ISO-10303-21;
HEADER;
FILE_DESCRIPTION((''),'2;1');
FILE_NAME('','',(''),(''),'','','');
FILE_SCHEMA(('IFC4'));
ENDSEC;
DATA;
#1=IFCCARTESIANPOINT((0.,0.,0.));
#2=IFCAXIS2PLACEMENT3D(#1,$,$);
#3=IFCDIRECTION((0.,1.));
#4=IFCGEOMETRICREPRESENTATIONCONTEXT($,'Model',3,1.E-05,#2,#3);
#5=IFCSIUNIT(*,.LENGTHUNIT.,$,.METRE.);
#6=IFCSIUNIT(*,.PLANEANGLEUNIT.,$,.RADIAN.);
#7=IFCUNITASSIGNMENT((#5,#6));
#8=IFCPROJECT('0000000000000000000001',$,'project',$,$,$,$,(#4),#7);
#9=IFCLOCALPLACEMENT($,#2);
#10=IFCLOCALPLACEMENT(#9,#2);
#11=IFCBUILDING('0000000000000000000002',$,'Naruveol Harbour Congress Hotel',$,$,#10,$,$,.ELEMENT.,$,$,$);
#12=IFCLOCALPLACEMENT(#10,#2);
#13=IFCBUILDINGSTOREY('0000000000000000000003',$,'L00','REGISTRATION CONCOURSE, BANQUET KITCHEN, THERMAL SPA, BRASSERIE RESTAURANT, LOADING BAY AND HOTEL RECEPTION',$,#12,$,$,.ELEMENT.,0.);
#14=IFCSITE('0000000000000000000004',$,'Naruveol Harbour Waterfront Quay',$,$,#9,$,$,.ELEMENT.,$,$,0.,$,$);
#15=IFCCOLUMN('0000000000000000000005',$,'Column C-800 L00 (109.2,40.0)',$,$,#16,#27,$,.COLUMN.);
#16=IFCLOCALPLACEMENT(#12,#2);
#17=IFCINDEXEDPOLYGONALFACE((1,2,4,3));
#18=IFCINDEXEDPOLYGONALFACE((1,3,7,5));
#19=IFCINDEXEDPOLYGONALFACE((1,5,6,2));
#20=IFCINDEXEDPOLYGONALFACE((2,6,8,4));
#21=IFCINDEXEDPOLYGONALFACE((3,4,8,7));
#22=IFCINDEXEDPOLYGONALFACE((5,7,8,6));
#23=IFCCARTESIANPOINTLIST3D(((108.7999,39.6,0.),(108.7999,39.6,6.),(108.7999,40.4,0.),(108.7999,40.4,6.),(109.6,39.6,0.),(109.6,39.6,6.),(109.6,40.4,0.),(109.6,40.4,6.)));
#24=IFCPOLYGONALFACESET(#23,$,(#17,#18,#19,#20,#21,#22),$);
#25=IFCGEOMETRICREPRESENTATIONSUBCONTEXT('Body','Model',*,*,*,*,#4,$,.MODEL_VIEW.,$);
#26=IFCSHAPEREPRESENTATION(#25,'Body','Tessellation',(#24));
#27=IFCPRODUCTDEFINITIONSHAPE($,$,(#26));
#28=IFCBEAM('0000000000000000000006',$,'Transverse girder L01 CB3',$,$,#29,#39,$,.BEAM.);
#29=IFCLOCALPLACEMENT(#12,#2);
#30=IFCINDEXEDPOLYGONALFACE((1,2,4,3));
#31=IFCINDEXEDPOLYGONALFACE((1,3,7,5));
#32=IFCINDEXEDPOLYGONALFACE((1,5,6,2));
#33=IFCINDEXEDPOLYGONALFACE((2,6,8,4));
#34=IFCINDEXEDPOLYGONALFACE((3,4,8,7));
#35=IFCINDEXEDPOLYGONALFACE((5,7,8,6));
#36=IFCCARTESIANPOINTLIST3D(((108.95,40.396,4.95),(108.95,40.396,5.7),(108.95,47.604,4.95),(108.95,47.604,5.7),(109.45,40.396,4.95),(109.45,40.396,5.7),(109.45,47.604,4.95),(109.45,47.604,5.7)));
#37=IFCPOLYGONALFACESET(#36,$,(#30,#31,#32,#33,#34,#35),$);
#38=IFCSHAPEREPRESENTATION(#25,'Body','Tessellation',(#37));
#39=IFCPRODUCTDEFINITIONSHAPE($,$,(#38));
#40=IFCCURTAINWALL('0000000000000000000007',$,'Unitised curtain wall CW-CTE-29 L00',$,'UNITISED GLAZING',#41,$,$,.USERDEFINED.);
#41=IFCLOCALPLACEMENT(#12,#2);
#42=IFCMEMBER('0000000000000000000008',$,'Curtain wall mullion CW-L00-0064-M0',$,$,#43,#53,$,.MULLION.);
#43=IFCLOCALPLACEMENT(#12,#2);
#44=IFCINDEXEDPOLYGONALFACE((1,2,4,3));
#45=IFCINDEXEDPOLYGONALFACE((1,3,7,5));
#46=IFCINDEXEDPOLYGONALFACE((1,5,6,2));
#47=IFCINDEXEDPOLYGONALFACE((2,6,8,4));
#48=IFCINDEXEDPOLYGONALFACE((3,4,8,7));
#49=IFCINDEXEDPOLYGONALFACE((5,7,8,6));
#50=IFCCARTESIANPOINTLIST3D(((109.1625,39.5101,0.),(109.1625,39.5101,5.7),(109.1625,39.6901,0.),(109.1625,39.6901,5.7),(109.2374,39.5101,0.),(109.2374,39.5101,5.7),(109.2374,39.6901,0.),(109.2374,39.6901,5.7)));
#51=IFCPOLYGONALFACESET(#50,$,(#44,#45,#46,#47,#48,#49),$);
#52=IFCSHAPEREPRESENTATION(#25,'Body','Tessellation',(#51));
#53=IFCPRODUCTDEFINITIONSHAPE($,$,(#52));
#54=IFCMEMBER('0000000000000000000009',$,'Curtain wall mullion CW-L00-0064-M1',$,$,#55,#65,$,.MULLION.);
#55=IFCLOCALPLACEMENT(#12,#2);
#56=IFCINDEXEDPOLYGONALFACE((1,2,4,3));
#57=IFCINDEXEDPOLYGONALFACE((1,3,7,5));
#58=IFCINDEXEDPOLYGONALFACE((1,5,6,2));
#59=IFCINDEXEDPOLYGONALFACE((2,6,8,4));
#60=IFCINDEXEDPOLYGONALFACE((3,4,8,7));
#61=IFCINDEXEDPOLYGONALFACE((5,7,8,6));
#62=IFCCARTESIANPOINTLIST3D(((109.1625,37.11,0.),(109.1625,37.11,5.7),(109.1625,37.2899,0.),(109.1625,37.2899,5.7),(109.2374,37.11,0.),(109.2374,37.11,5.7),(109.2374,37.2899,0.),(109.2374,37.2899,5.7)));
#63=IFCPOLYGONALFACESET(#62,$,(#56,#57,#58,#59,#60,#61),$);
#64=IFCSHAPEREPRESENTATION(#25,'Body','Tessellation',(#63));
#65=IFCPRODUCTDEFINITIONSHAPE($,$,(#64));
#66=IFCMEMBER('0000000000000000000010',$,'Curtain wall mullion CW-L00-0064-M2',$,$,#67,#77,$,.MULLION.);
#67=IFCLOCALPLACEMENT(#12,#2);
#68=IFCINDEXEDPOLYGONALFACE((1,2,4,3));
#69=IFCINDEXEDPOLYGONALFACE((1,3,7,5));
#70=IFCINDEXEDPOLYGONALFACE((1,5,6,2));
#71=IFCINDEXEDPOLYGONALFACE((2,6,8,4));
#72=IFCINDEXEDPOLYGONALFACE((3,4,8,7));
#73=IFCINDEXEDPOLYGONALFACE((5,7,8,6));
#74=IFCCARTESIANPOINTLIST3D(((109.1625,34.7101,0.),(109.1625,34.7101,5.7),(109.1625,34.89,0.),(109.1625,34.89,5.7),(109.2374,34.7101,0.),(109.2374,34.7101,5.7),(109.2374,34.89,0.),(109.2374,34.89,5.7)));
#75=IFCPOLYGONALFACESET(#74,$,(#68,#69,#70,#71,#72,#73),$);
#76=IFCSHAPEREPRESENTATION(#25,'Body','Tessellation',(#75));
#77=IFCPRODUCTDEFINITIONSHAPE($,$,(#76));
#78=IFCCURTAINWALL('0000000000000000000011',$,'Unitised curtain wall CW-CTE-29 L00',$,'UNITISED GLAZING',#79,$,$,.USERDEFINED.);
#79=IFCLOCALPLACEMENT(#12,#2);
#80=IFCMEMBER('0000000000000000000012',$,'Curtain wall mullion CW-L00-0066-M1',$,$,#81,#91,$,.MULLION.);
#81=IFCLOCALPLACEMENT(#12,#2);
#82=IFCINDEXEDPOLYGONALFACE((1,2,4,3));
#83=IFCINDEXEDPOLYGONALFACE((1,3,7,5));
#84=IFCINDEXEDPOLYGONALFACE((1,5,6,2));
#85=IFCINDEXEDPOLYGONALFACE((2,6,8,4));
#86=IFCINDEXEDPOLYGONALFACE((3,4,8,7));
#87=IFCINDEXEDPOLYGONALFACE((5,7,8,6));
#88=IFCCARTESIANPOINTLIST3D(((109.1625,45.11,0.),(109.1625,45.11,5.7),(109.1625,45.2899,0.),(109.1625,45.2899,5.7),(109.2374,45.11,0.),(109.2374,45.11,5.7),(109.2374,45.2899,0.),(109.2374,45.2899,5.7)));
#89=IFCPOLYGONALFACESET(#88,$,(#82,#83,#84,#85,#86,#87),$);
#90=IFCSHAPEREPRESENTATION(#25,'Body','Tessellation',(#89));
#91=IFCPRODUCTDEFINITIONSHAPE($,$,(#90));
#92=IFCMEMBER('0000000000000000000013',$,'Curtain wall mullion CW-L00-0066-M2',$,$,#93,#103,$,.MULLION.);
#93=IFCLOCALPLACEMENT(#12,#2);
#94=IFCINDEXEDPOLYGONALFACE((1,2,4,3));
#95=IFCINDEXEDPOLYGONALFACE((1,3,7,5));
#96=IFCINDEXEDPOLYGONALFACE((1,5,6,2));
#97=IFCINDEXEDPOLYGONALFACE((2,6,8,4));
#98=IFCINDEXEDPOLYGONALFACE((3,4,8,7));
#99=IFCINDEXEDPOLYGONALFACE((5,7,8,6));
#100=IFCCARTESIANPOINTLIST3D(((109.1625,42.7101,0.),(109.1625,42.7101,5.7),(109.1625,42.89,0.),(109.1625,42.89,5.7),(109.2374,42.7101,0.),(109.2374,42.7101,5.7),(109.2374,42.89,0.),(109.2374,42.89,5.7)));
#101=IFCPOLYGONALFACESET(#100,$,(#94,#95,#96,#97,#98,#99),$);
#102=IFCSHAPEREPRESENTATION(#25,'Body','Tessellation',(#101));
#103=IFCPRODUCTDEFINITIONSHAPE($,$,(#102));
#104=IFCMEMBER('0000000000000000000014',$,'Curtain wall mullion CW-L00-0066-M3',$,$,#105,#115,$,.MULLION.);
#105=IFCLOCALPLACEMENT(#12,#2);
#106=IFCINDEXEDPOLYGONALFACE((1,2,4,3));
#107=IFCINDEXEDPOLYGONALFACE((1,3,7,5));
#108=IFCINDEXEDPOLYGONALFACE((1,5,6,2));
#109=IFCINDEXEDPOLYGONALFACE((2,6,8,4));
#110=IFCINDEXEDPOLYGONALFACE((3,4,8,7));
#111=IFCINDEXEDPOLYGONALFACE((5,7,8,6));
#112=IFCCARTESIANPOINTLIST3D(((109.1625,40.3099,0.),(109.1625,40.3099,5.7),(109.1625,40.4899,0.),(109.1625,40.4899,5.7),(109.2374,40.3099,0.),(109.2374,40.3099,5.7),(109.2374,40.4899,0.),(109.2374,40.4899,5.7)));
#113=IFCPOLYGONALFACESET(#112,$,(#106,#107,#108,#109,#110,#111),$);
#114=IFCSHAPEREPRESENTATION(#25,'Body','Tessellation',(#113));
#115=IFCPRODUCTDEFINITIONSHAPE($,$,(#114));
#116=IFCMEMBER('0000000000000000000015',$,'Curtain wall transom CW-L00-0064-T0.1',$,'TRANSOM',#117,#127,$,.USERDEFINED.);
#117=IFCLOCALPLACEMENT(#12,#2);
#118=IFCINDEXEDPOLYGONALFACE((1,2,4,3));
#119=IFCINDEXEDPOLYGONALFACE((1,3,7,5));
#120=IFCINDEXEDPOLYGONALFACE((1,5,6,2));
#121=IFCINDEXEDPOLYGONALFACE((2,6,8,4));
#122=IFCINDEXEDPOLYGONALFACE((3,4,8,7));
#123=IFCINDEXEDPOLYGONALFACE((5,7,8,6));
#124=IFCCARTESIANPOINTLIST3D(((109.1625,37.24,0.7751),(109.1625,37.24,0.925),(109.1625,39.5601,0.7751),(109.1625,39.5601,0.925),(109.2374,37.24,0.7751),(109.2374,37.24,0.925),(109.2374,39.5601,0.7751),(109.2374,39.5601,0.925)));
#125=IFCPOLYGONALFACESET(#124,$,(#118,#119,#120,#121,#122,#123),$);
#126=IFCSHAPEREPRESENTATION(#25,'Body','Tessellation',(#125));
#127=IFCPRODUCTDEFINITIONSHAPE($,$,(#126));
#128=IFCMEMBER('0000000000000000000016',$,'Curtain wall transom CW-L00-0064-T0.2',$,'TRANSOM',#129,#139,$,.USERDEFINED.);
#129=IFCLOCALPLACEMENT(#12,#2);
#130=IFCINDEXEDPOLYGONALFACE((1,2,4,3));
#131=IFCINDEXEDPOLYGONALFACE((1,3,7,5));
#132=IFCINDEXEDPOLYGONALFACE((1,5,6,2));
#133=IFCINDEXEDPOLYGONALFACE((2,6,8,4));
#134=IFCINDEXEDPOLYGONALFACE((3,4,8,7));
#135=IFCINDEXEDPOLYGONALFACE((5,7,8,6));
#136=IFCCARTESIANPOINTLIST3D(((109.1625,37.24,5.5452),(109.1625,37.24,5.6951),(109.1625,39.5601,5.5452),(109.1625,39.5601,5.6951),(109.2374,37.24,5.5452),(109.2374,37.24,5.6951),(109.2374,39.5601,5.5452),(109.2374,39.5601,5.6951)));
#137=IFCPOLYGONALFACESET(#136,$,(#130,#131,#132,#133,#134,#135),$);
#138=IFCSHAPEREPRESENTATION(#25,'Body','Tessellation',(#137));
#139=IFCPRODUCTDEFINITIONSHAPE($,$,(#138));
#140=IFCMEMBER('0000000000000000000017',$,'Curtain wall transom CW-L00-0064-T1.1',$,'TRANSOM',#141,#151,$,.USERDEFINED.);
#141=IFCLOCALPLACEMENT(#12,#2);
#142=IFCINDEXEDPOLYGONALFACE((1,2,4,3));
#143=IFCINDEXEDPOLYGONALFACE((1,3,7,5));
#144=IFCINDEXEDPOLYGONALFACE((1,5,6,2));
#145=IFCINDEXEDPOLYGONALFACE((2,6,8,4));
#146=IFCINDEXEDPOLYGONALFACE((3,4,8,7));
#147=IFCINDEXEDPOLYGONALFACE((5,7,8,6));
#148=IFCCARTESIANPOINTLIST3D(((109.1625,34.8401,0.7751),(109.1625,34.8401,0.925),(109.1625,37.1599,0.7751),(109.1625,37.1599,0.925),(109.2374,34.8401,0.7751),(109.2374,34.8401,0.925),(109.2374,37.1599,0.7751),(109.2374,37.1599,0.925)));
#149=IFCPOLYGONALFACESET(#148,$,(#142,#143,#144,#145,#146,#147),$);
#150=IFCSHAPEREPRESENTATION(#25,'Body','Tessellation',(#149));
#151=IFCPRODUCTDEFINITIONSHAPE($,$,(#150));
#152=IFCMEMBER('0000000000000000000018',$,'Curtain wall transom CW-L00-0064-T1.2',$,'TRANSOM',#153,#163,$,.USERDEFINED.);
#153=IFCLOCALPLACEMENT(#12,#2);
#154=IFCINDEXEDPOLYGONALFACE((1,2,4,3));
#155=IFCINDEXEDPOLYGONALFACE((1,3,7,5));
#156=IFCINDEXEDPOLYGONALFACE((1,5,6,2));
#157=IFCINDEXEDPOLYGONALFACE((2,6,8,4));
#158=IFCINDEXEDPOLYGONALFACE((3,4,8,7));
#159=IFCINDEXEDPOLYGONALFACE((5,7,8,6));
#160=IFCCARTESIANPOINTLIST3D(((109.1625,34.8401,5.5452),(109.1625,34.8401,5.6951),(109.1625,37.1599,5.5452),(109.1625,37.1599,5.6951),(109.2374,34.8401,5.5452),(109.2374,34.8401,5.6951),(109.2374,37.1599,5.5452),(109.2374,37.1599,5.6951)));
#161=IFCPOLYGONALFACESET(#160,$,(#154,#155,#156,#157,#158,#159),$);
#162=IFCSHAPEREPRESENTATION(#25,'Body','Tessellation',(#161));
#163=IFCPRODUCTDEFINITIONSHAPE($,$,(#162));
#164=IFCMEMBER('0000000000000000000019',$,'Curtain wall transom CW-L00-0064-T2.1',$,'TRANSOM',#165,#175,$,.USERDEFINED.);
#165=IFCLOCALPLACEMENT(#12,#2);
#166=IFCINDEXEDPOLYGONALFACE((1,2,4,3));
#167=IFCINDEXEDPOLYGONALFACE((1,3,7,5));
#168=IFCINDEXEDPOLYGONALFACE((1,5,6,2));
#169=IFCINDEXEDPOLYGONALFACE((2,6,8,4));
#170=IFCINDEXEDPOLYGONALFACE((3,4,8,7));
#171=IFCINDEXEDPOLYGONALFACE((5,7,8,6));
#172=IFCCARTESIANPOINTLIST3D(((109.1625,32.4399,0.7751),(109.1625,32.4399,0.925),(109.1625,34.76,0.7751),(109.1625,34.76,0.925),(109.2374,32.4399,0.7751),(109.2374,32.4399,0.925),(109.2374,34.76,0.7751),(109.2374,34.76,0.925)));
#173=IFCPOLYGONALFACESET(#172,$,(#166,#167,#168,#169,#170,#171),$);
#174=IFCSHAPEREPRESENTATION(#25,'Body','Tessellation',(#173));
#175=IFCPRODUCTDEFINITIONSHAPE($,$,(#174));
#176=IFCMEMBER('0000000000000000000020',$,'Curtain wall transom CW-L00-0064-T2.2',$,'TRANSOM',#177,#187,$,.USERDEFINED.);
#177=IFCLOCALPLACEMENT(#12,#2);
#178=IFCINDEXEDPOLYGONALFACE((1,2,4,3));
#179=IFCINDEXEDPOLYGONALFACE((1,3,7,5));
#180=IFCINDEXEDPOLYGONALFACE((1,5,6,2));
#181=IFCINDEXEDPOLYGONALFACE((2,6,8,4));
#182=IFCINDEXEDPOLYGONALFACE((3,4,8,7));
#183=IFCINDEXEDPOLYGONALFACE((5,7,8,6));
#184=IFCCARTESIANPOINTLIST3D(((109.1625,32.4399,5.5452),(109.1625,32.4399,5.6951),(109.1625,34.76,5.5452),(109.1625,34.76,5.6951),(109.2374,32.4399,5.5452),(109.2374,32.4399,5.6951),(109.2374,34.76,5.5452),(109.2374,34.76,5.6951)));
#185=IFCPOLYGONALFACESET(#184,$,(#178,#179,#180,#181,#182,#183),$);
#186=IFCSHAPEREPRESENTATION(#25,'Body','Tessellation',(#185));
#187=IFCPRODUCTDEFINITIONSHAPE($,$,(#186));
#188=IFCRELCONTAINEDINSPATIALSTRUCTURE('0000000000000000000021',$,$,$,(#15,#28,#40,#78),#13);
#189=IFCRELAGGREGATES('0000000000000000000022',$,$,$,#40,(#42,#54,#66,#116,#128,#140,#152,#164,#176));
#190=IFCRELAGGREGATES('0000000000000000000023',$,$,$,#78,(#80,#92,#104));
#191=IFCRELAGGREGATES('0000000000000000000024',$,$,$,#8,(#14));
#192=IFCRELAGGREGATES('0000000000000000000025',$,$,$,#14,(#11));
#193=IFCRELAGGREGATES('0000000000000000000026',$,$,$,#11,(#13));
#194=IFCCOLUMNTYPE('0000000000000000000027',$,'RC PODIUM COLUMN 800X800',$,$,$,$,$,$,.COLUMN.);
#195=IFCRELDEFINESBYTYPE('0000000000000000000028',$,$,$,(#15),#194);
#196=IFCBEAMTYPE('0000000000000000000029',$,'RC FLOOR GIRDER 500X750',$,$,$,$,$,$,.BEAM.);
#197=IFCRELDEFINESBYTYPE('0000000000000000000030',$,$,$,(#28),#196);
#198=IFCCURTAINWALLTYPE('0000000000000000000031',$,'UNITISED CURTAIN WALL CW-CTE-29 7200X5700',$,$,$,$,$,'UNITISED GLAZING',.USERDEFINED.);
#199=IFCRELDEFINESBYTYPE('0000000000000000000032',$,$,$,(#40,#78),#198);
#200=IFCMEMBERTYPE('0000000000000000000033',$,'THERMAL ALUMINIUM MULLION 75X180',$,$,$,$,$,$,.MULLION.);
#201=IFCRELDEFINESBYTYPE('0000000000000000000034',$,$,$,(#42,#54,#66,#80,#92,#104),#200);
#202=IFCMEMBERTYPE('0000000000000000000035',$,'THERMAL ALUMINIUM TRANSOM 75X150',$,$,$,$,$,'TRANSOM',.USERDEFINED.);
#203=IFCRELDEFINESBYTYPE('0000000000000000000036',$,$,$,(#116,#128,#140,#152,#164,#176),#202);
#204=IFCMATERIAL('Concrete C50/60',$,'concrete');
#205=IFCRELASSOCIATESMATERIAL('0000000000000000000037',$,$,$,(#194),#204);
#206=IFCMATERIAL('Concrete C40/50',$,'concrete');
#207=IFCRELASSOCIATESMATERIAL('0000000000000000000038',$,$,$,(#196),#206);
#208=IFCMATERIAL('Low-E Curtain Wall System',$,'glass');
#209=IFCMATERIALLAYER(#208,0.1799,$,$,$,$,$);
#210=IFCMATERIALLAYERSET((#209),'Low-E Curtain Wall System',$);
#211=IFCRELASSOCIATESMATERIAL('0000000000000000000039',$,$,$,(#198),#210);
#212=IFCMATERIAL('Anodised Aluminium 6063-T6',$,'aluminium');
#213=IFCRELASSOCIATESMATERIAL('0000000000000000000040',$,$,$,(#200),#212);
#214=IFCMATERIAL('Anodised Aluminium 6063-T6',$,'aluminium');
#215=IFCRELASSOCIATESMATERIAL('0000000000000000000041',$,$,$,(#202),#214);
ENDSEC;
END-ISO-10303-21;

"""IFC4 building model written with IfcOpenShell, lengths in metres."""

from ifc_helpers import new_model, si_unit, direction, frame, origin, origin_2d, place, context, subcontext, project, spatial, rectangle, extrude, material, layer, layer_set, material_profile, profile_set, type_object, element, aggregate, save


model = new_model("IFC4")

# Units and contexts
model_context = context("Model", 3, precision=1e-05, world=origin(), true_north=direction((0.0, 1.0)))
body_context = subcontext(model_context, "Body", "Model", "MODEL_VIEW")
ifc_project = project(units=[si_unit("LENGTHUNIT", "METRE"), si_unit("PLANEANGLEUNIT", "RADIAN")], contexts=[model_context])

# Site, building, storey
site_placement = place(None, origin())
site = spatial("IfcSite", under=ifc_project, at=site_placement, Name="Naruveol Harbour Waterfront Quay", CompositionType="ELEMENT", RefElevation=0.0)
building_placement = place(site_placement, origin())
building = spatial("IfcBuilding", under=site, at=building_placement, Name="Naruveol Harbour Congress Hotel", CompositionType="ELEMENT")
storey_placement = place(building_placement, origin())
storey = spatial("IfcBuildingStorey", under=building, at=storey_placement, Name="L00", Description="REGISTRATION CONCOURSE, BANQUET KITCHEN, THERMAL SPA, BRASSERIE RESTAURANT, LOADING BAY AND HOTEL RECEPTION", CompositionType="ELEMENT", Elevation=0.0)

# Column
ifc_material_1 = material(Name="Concrete C50/60", Category="concrete")
ifc_material_profile_1 = material_profile(ifc_material_1, rectangle(XDim=0.8, YDim=0.8, at=origin_2d()), Name="RC-800x800")
ifc_profile_set_1 = profile_set([ifc_material_profile_1], Name="Concrete C50/60")
column_type = type_object("IfcColumnType", Name="RC PODIUM COLUMN 800X800", PredefinedType="COLUMN", material=ifc_profile_set_1)
column_placement = place(storey_placement, frame((109.2, 40.0, 0.0), z_axis=(0.0, 0.0, 1.0), x_axis=(1.0, 0.0, 0.0)))
element("IfcColumn", 1, at=column_placement, inside=storey, type_object=column_type, Name="Column C-800 L00 (109.2,40.0)", PredefinedType="COLUMN", context=body_context, shape_type="SweptSolid", body=[
    extrude(rectangle(XDim=0.8, YDim=0.8, at=origin_2d()), origin(), (0.0, 0.0, 1.0), 6.0),
])

# Beam
ifc_material_2 = material(Name="Concrete C40/50", Category="concrete")
ifc_material_profile_2 = material_profile(ifc_material_2, rectangle(XDim=0.5, YDim=0.75, at=origin_2d()), Name="RCB-500x750")
ifc_profile_set_2 = profile_set([ifc_material_profile_2], Name="Concrete C40/50")
beam_type = type_object("IfcBeamType", Name="RC FLOOR GIRDER 500X750", PredefinedType="BEAM", material=ifc_profile_set_2)
beam_placement = place(storey_placement, frame((109.2, 40.396, 5.325), z_axis=(0.0, 1.0, 0.0), x_axis=(-1.0, 0.0, 0.0)))
element("IfcBeam", 2, at=beam_placement, inside=storey, type_object=beam_type, Name="Transverse girder L01 CB3", PredefinedType="BEAM", context=body_context, shape_type="SweptSolid", body=[
    extrude(rectangle(XDim=0.5, YDim=0.75, at=origin_2d()), origin(), (0.0, 0.0, 1.0), 7.208),
])

# Curtain walls, members
ifc_material_3 = material(Name="Low-E Curtain Wall System", Category="glass")
ifc_layer_1 = layer(ifc_material_3, 0.1799)
ifc_layer_set_1 = layer_set([ifc_layer_1], Name="Low-E Curtain Wall System")
curtain_wall_type = type_object("IfcCurtainWallType", Name="UNITISED CURTAIN WALL CW-CTE-29 7200X5700", ElementType="UNITISED GLAZING", PredefinedType="USERDEFINED", material=ifc_layer_set_1)
curtain_wall_1_placement = place(storey_placement, origin())
curtain_wall_1 = element("IfcCurtainWall", 3, at=curtain_wall_1_placement, inside=storey, type_object=curtain_wall_type, Name="Unitised curtain wall CW-CTE-29 L00", ObjectType="UNITISED GLAZING", PredefinedType="USERDEFINED")
ifc_material_4 = material(Name="Anodised Aluminium 6063-T6", Category="aluminium")
ifc_material_profile_3 = material_profile(ifc_material_4, rectangle(XDim=0.075, YDim=0.1799, at=origin_2d()), Name="ALU-75x180")
ifc_profile_set_3 = profile_set([ifc_material_profile_3], Name="Anodised Aluminium 6063-T6")
member_type_1 = type_object("IfcMemberType", Name="THERMAL ALUMINIUM MULLION 75X180", PredefinedType="MULLION", material=ifc_profile_set_3)
member_1_placement = place(storey_placement, frame((109.2, 39.6001, 0.0), z_axis=(0.0, 0.0, 1.0), x_axis=(1.0, 0.0, 0.0)))
member_1 = element("IfcMember", 4, at=member_1_placement, type_object=member_type_1, Name="Curtain wall mullion CW-L00-0064-M0", PredefinedType="MULLION", context=body_context, shape_type="SweptSolid", body=[
    extrude(rectangle(XDim=0.075, YDim=0.1799, at=origin_2d()), origin(), (0.0, 0.0, 1.0), 5.7),
])
member_2_placement = place(storey_placement, frame((109.2, 37.2, 0.0), z_axis=(0.0, 0.0, 1.0), x_axis=(1.0, 0.0, 0.0)))
member_2 = element("IfcMember", 5, at=member_2_placement, type_object=member_type_1, Name="Curtain wall mullion CW-L00-0064-M1", PredefinedType="MULLION", context=body_context, shape_type="SweptSolid", body=[
    extrude(rectangle(XDim=0.075, YDim=0.1799, at=origin_2d()), origin(), (0.0, 0.0, 1.0), 5.7),
])
member_3_placement = place(storey_placement, frame((109.2, 34.8, 0.0), z_axis=(0.0, 0.0, 1.0), x_axis=(1.0, 0.0, 0.0)))
member_3 = element("IfcMember", 6, at=member_3_placement, type_object=member_type_1, Name="Curtain wall mullion CW-L00-0064-M2", PredefinedType="MULLION", context=body_context, shape_type="SweptSolid", body=[
    extrude(rectangle(XDim=0.075, YDim=0.1799, at=origin_2d()), origin(), (0.0, 0.0, 1.0), 5.7),
])
curtain_wall_2_placement = place(storey_placement, origin())
curtain_wall_2 = element("IfcCurtainWall", 7, at=curtain_wall_2_placement, inside=storey, type_object=curtain_wall_type, Name="Unitised curtain wall CW-CTE-29 L00", ObjectType="UNITISED GLAZING", PredefinedType="USERDEFINED")
member_4_placement = place(storey_placement, frame((109.2, 45.2, 0.0), z_axis=(0.0, 0.0, 1.0), x_axis=(1.0, 0.0, 0.0)))
member_4 = element("IfcMember", 8, at=member_4_placement, type_object=member_type_1, Name="Curtain wall mullion CW-L00-0066-M1", PredefinedType="MULLION", context=body_context, shape_type="SweptSolid", body=[
    extrude(rectangle(XDim=0.075, YDim=0.1799, at=origin_2d()), origin(), (0.0, 0.0, 1.0), 5.7),
])
member_5_placement = place(storey_placement, frame((109.2, 42.8, 0.0), z_axis=(0.0, 0.0, 1.0), x_axis=(1.0, 0.0, 0.0)))
member_5 = element("IfcMember", 9, at=member_5_placement, type_object=member_type_1, Name="Curtain wall mullion CW-L00-0066-M2", PredefinedType="MULLION", context=body_context, shape_type="SweptSolid", body=[
    extrude(rectangle(XDim=0.075, YDim=0.1799, at=origin_2d()), origin(), (0.0, 0.0, 1.0), 5.7),
])
member_6_placement = place(storey_placement, frame((109.2, 40.3999, 0.0), z_axis=(0.0, 0.0, 1.0), x_axis=(1.0, 0.0, 0.0)))
member_6 = element("IfcMember", 10, at=member_6_placement, type_object=member_type_1, Name="Curtain wall mullion CW-L00-0066-M3", PredefinedType="MULLION", context=body_context, shape_type="SweptSolid", body=[
    extrude(rectangle(XDim=0.075, YDim=0.1799, at=origin_2d()), origin(), (0.0, 0.0, 1.0), 5.7),
])

# Members
ifc_material_5 = material(Name="Anodised Aluminium 6063-T6", Category="aluminium")
ifc_material_profile_4 = material_profile(ifc_material_5, rectangle(XDim=0.075, YDim=0.1499, at=origin_2d()), Name="ALU-75x150")
ifc_profile_set_4 = profile_set([ifc_material_profile_4], Name="Anodised Aluminium 6063-T6")
member_type_2 = type_object("IfcMemberType", Name="THERMAL ALUMINIUM TRANSOM 75X150", ElementType="TRANSOM", PredefinedType="USERDEFINED", material=ifc_profile_set_4)
member_7_placement = place(storey_placement, frame((109.2, 39.5601, 0.8501), z_axis=(0.0, -1.0, 0.0), x_axis=(1.0, 0.0, 0.0)))
member_7 = element("IfcMember", 11, at=member_7_placement, type_object=member_type_2, Name="Curtain wall transom CW-L00-0064-T0.1", ObjectType="TRANSOM", PredefinedType="USERDEFINED", context=body_context, shape_type="SweptSolid", body=[
    extrude(rectangle(XDim=0.075, YDim=0.1499, at=origin_2d()), origin(), (0.0, 0.0, 1.0), 2.3201),
])
member_8_placement = place(storey_placement, frame((109.2, 39.5601, 5.6201), z_axis=(0.0, -1.0, 0.0), x_axis=(1.0, 0.0, 0.0)))
member_8 = element("IfcMember", 12, at=member_8_placement, type_object=member_type_2, Name="Curtain wall transom CW-L00-0064-T0.2", ObjectType="TRANSOM", PredefinedType="USERDEFINED", context=body_context, shape_type="SweptSolid", body=[
    extrude(rectangle(XDim=0.075, YDim=0.1499, at=origin_2d()), origin(), (0.0, 0.0, 1.0), 2.3201),
])
member_9_placement = place(storey_placement, frame((109.2, 37.1599, 0.8501), z_axis=(0.0, -1.0, 0.0), x_axis=(1.0, 0.0, 0.0)))
member_9 = element("IfcMember", 13, at=member_9_placement, type_object=member_type_2, Name="Curtain wall transom CW-L00-0064-T1.1", ObjectType="TRANSOM", PredefinedType="USERDEFINED", context=body_context, shape_type="SweptSolid", body=[
    extrude(rectangle(XDim=0.075, YDim=0.1499, at=origin_2d()), origin(), (0.0, 0.0, 1.0), 2.3198),
])
member_10_placement = place(storey_placement, frame((109.2, 37.1599, 5.6201), z_axis=(0.0, -1.0, 0.0), x_axis=(1.0, 0.0, 0.0)))
member_10 = element("IfcMember", 14, at=member_10_placement, type_object=member_type_2, Name="Curtain wall transom CW-L00-0064-T1.2", ObjectType="TRANSOM", PredefinedType="USERDEFINED", context=body_context, shape_type="SweptSolid", body=[
    extrude(rectangle(XDim=0.075, YDim=0.1499, at=origin_2d()), origin(), (0.0, 0.0, 1.0), 2.3198),
])
member_11_placement = place(storey_placement, frame((109.2, 34.76, 0.8501), z_axis=(0.0, -1.0, 0.0), x_axis=(1.0, 0.0, 0.0)))
member_11 = element("IfcMember", 15, at=member_11_placement, type_object=member_type_2, Name="Curtain wall transom CW-L00-0064-T2.1", ObjectType="TRANSOM", PredefinedType="USERDEFINED", context=body_context, shape_type="SweptSolid", body=[
    extrude(rectangle(XDim=0.075, YDim=0.1499, at=origin_2d()), origin(), (0.0, 0.0, 1.0), 2.3201),
])
member_12_placement = place(storey_placement, frame((109.2, 34.76, 5.6201), z_axis=(0.0, -1.0, 0.0), x_axis=(1.0, 0.0, 0.0)))
member_12 = element("IfcMember", 16, at=member_12_placement, type_object=member_type_2, Name="Curtain wall transom CW-L00-0064-T2.2", ObjectType="TRANSOM", PredefinedType="USERDEFINED", context=body_context, shape_type="SweptSolid", body=[
    extrude(rectangle(XDim=0.075, YDim=0.1499, at=origin_2d()), origin(), (0.0, 0.0, 1.0), 2.3201),
])

aggregate(curtain_wall_1, [member_1, member_2, member_3, member_7, member_8, member_9, member_10, member_11, member_12])
aggregate(curtain_wall_2, [member_4, member_5, member_6])

save(model, "model.ifc")
